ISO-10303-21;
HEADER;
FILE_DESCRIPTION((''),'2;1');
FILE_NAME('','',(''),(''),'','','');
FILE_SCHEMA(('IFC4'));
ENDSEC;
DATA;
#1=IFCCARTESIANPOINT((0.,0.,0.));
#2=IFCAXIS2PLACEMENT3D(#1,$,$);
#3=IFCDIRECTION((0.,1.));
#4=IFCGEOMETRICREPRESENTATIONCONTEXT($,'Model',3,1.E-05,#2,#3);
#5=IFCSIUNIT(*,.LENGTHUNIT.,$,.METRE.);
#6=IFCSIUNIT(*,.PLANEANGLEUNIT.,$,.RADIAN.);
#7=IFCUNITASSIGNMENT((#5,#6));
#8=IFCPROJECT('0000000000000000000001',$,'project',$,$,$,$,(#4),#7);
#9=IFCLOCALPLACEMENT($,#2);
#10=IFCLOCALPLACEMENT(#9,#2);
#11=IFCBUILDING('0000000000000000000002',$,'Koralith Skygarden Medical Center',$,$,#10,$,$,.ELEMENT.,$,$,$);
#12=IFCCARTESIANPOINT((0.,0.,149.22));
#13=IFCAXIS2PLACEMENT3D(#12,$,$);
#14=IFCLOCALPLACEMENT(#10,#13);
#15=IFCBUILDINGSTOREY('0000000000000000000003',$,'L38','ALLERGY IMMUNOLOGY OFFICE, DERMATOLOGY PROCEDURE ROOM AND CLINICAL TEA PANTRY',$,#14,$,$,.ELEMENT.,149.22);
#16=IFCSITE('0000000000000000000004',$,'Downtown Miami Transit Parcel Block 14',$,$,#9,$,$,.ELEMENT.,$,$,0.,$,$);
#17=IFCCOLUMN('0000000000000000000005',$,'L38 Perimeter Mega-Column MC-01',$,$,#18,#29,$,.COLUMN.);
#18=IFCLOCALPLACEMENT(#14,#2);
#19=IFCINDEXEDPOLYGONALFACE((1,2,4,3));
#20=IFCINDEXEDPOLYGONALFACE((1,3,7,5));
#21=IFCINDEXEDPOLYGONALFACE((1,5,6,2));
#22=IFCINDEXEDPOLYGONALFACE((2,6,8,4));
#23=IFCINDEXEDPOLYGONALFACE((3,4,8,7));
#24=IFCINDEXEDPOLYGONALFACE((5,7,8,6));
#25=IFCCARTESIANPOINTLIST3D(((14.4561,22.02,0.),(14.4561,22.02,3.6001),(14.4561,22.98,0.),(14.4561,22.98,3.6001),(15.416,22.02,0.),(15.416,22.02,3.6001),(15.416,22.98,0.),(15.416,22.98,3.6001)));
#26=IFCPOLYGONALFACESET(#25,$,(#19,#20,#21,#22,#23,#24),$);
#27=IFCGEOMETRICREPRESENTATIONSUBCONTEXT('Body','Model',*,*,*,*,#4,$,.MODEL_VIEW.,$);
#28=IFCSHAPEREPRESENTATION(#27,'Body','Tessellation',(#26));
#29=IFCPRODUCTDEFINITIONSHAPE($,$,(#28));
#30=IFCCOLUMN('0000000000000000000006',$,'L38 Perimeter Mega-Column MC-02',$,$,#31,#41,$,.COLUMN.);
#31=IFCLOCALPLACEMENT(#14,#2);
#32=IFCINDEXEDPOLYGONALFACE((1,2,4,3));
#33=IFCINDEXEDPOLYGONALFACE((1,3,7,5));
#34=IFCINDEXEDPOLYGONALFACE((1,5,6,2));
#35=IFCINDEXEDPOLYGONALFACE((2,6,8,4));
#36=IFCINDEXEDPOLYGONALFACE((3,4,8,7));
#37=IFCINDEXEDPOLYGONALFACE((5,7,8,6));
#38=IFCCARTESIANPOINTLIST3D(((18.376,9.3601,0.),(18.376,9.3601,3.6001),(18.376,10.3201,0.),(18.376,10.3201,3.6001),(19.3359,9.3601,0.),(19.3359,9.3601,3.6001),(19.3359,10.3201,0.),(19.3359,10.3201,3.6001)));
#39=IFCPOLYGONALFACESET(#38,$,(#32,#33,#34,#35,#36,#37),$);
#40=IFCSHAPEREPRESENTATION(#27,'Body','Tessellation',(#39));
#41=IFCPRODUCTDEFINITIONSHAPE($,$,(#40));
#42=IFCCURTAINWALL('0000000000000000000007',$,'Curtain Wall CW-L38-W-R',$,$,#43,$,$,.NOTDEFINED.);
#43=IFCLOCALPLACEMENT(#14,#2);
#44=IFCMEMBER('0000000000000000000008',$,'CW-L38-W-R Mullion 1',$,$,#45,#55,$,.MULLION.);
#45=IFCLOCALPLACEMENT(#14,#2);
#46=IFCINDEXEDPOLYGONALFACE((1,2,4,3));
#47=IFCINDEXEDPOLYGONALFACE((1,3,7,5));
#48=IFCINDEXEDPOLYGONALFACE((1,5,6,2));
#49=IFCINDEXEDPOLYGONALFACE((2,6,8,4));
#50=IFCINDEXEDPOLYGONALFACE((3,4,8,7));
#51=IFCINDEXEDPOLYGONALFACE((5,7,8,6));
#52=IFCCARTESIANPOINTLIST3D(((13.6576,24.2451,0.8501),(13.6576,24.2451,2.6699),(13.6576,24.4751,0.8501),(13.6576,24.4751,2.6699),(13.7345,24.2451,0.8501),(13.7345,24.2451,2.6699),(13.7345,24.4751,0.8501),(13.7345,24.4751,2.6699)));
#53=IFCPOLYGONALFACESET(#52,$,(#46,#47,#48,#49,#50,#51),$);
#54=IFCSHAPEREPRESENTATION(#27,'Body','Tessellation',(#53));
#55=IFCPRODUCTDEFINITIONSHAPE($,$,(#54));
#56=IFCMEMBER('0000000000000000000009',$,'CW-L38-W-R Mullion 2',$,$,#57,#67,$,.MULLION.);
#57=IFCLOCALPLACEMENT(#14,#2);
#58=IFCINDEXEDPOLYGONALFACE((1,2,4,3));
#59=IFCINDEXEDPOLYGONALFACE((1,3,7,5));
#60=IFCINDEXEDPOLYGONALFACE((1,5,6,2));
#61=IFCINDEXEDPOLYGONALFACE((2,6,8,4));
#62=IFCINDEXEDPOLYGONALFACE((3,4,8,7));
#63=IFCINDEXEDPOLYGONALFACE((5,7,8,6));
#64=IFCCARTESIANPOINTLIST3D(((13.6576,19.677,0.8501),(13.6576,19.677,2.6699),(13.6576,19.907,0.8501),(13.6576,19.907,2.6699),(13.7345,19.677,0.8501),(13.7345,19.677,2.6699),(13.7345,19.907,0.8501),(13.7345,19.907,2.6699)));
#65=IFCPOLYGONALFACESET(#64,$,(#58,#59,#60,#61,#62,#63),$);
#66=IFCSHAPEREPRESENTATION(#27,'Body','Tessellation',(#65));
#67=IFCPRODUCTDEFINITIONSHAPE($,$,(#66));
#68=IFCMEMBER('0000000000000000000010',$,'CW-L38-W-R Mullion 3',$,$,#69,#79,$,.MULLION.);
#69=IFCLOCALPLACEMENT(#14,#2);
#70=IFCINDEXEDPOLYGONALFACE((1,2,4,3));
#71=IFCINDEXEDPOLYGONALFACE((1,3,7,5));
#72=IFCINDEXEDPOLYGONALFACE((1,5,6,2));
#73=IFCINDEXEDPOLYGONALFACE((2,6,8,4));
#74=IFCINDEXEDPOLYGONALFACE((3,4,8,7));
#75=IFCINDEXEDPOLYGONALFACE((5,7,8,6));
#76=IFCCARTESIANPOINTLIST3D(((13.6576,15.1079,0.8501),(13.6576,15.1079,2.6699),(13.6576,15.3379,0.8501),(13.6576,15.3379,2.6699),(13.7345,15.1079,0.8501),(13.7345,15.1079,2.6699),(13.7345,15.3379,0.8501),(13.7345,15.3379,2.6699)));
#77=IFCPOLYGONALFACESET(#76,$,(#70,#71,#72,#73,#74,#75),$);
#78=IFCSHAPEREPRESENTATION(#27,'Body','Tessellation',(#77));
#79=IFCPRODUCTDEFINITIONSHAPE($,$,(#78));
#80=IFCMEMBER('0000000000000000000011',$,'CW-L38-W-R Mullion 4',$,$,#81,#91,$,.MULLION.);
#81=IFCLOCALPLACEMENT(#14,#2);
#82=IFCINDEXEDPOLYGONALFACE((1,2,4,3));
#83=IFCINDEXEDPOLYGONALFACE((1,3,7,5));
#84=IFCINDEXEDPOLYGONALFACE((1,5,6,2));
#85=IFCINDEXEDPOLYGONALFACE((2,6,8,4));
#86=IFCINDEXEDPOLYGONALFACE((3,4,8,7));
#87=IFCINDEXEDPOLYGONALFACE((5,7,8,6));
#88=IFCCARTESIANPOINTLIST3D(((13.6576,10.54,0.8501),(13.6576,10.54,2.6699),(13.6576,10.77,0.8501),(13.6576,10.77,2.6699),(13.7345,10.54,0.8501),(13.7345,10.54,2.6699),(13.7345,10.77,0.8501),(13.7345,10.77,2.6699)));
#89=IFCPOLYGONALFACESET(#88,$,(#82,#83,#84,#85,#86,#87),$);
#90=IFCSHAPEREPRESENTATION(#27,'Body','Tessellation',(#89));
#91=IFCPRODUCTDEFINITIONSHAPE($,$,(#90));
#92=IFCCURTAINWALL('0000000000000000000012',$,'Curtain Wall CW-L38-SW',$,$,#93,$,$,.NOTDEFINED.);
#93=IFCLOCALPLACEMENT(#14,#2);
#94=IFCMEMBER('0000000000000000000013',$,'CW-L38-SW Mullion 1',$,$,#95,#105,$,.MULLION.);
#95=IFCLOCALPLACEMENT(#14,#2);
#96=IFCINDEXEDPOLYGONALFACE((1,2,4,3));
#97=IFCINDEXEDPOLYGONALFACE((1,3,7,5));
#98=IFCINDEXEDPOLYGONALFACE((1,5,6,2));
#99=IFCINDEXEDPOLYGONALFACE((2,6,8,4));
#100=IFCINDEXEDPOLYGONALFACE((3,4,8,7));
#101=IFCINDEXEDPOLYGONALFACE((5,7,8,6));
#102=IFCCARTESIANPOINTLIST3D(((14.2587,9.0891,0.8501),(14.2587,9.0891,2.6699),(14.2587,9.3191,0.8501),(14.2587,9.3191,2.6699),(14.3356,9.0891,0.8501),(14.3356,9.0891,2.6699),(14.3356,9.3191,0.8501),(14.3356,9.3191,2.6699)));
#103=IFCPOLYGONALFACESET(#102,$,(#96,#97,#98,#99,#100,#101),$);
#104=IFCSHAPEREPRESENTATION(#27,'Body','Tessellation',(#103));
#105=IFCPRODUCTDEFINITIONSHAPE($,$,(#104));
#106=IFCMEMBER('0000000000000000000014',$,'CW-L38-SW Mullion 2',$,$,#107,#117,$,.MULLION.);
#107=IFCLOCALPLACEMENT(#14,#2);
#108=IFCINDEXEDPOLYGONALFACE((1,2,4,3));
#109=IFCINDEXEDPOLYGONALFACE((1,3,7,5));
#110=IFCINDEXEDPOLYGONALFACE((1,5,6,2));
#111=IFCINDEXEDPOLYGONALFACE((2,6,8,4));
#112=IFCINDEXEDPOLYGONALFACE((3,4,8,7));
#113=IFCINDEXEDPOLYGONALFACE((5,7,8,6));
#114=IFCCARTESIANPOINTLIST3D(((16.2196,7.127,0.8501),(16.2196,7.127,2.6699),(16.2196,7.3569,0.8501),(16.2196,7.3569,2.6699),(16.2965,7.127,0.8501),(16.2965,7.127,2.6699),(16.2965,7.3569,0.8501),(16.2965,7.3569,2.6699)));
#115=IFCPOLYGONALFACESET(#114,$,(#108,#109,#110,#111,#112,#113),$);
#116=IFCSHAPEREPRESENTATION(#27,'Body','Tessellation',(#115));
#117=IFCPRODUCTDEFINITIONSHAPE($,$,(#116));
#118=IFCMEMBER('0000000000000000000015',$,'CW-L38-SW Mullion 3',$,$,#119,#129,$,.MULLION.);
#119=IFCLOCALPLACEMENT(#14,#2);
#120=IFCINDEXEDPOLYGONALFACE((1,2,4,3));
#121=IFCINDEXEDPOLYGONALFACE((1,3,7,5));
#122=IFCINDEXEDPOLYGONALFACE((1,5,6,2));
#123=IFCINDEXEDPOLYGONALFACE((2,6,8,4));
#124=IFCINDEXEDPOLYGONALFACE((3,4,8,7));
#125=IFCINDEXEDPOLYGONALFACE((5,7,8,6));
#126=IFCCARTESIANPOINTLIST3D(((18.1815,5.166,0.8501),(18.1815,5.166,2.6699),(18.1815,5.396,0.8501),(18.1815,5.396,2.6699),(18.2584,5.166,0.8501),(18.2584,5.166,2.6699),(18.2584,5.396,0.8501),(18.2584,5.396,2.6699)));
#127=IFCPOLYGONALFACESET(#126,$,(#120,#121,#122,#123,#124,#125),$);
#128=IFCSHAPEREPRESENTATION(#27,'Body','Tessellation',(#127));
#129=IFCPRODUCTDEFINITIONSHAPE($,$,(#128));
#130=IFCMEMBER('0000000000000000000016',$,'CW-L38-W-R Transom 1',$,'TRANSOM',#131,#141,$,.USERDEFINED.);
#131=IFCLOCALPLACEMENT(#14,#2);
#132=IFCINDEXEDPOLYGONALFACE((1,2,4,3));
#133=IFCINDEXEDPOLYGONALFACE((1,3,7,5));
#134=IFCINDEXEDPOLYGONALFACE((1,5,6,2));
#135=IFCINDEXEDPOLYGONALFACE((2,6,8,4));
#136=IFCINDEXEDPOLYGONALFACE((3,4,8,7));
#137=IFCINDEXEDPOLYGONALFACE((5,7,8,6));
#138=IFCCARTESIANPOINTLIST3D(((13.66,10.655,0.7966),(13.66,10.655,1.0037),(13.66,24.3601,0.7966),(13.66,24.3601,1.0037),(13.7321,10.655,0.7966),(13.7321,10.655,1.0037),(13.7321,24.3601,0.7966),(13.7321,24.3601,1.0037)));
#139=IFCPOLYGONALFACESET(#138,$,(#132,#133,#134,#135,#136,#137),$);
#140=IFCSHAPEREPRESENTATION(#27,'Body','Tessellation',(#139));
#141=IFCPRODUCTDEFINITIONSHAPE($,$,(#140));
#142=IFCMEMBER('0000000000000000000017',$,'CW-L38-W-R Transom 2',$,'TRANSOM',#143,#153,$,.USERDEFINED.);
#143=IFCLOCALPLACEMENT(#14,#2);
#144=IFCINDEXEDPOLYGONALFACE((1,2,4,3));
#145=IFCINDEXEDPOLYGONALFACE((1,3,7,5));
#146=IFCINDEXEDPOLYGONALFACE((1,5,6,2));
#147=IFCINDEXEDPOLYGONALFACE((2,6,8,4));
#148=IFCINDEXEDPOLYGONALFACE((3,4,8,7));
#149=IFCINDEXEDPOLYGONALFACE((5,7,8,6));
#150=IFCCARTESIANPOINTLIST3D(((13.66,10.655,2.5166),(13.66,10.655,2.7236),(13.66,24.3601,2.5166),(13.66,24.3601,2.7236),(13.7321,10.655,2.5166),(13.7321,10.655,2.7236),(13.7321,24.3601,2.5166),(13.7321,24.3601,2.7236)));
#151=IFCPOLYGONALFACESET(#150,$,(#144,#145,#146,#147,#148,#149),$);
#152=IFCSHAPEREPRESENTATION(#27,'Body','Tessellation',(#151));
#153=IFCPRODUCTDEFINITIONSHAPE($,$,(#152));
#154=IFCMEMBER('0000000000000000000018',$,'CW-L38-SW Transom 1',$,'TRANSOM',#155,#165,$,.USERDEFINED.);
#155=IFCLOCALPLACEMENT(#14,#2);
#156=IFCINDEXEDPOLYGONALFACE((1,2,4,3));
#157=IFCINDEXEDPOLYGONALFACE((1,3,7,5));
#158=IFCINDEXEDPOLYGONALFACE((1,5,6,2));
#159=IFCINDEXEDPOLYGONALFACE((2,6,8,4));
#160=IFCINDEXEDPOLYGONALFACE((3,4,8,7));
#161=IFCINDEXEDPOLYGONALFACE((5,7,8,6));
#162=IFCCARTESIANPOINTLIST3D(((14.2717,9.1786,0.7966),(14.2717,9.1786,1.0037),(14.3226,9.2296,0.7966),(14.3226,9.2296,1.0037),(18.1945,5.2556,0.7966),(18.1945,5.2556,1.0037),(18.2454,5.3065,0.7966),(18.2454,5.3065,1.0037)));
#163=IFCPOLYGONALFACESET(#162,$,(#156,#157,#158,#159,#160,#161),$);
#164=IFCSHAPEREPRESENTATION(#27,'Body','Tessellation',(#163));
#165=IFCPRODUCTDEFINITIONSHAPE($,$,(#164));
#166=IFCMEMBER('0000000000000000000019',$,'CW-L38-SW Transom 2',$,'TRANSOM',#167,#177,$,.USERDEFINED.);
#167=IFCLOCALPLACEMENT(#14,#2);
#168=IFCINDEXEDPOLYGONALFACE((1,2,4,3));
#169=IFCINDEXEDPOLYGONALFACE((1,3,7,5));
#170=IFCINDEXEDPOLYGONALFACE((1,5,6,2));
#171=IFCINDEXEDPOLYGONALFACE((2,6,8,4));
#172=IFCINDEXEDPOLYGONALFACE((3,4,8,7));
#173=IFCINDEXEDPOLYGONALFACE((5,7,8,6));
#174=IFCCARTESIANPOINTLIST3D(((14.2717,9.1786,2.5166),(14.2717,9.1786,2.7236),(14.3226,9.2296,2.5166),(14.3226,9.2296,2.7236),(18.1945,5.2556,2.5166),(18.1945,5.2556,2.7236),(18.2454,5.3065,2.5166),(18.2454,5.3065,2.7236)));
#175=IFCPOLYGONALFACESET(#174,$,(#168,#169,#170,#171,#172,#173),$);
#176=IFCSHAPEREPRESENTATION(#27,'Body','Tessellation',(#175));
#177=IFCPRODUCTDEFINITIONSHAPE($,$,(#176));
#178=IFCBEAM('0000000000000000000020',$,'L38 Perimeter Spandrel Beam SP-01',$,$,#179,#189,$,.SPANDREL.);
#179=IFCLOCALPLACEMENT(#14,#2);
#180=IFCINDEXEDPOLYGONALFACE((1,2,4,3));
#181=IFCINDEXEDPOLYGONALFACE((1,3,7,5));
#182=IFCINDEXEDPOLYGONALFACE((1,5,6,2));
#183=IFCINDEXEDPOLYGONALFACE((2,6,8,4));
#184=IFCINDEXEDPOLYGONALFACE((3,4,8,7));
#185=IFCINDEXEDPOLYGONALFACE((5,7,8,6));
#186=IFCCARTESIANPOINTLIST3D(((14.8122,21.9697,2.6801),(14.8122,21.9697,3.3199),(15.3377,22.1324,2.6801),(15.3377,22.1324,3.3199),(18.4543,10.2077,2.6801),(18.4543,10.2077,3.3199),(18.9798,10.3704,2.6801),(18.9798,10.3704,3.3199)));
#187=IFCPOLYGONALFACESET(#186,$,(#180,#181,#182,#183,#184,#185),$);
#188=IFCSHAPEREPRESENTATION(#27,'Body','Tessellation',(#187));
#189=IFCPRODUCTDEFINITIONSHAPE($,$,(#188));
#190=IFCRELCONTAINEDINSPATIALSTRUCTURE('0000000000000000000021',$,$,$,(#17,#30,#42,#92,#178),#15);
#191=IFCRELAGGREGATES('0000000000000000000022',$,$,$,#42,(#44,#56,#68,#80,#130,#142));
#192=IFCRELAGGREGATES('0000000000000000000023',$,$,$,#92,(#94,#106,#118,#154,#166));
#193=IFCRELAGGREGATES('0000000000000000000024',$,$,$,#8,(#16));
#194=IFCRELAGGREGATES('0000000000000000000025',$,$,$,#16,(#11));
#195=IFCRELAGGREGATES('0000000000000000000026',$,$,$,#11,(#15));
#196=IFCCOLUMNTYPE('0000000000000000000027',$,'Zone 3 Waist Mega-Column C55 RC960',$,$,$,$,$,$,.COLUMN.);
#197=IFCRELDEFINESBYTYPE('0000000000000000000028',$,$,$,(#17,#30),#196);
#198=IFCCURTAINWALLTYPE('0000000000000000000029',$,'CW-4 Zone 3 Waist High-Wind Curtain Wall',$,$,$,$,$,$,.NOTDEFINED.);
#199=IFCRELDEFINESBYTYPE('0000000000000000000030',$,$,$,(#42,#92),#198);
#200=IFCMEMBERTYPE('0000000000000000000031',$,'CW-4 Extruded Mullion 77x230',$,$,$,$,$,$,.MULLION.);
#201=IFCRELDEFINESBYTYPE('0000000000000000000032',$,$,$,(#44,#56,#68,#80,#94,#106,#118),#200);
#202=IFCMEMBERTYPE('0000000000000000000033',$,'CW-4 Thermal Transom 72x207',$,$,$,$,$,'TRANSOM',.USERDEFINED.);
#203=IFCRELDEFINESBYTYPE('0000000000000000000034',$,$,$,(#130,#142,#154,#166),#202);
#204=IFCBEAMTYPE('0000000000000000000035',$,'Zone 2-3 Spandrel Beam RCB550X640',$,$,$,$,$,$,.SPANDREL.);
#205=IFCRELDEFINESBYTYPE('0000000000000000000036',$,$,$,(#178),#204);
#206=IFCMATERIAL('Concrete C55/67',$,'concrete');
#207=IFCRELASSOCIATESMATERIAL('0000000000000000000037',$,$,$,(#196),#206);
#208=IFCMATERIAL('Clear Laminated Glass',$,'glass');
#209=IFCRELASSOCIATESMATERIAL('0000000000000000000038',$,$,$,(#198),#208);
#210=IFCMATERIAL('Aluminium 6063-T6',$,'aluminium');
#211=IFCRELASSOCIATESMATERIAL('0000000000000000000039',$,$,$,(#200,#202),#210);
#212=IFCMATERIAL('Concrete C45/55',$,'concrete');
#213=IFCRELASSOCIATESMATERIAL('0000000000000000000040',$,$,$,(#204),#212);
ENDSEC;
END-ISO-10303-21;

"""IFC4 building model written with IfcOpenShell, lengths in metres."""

from ifc_helpers import new_model, si_unit, direction, frame, origin, origin_2d, place, context, subcontext, project, spatial, rectangle, extrude, material, material_profile, profile_set, type_object, element, aggregate, save


model = new_model("IFC4")

# Units and contexts
model_context = context("Model", 3, precision=1e-05, world=origin(), true_north=direction((0.0, 1.0)))
body_context = subcontext(model_context, "Body", "Model", "MODEL_VIEW")
ifc_project = project(units=[si_unit("LENGTHUNIT", "METRE"), si_unit("PLANEANGLEUNIT", "RADIAN")], contexts=[model_context])

# Site, building, storey
site_placement = place(None, origin())
site = spatial("IfcSite", under=ifc_project, at=site_placement, Name="Downtown Miami Transit Parcel Block 14", CompositionType="ELEMENT", RefElevation=0.0)
building_placement = place(site_placement, origin())
building = spatial("IfcBuilding", under=site, at=building_placement, Name="Koralith Skygarden Medical Center", CompositionType="ELEMENT")
storey_placement = place(building_placement, frame((0.0, 0.0, 149.22)))
storey = spatial("IfcBuildingStorey", under=building, at=storey_placement, Name="L38", Description="ALLERGY IMMUNOLOGY OFFICE, DERMATOLOGY PROCEDURE ROOM AND CLINICAL TEA PANTRY", CompositionType="ELEMENT", Elevation=149.22)

# Columns
ifc_material_1 = material(Name="Concrete C55/67", Category="concrete")
ifc_material_profile_1 = material_profile(ifc_material_1, rectangle(XDim=0.96, YDim=0.96, at=origin_2d()), Name="RC960X960")
ifc_profile_set_1 = profile_set([ifc_material_profile_1], Name="Concrete C55/67")
column_type = type_object("IfcColumnType", Name="Zone 3 Waist Mega-Column C55 RC960", PredefinedType="COLUMN", material=ifc_profile_set_1)
for number, where, z_axis, x_axis, name in (
    (1, (14.936, 22.5, 0.0), (0.0, 0.0, 1.0), (1.0, 0.0, 0.0), "L38 Perimeter Mega-Column MC-01"),
    (2, (18.856, 9.8401, 0.0), (0.0, 0.0, 1.0), (1.0, 0.0, 0.0), "L38 Perimeter Mega-Column MC-02"),
):
    element("IfcColumn", number, at=place(storey_placement, frame(where, z_axis=z_axis, x_axis=x_axis)), inside=storey, type_object=column_type, Name=name, PredefinedType="COLUMN", context=body_context, shape_type="SweptSolid", body=[
        extrude(rectangle(XDim=0.96, YDim=0.96, at=origin_2d()), origin(), (0.0, 0.0, 1.0), 3.6001),
    ])

# Curtain walls, members
ifc_material_2 = material(Name="Clear Laminated Glass", Category="glass")
curtain_wall_type = type_object("IfcCurtainWallType", Name="CW-4 Zone 3 Waist High-Wind Curtain Wall", PredefinedType="NOTDEFINED", material=ifc_material_2)
curtain_wall_1_placement = place(storey_placement, origin())
curtain_wall_1 = element("IfcCurtainWall", 3, at=curtain_wall_1_placement, inside=storey, type_object=curtain_wall_type, Name="Curtain Wall CW-L38-W-R", PredefinedType="NOTDEFINED")
ifc_material_3 = material(Name="Aluminium 6063-T6", Category="aluminium")
ifc_material_profile_2 = material_profile(ifc_material_3, rectangle(XDim=0.0769, YDim=0.23, at=origin_2d()), Name="MUL77X230")
ifc_profile_set_2 = profile_set([ifc_material_profile_2], Name="Aluminium 6063-T6")
member_type_1 = type_object("IfcMemberType", Name="CW-4 Extruded Mullion 77x230", PredefinedType="MULLION", material=ifc_profile_set_2)
member_1_placement = place(storey_placement, frame((13.696, 24.3601, 0.8501), z_axis=(0.0, 0.0, 1.0), x_axis=(1.0, 0.0, 0.0)))
member_1 = element("IfcMember", 4, at=member_1_placement, type_object=member_type_1, Name="CW-L38-W-R Mullion 1", PredefinedType="MULLION", context=body_context, shape_type="SweptSolid", body=[
    extrude(rectangle(XDim=0.0769, YDim=0.23, at=origin_2d()), origin(), (0.0, 0.0, 1.0), 1.8198),
])
member_2_placement = place(storey_placement, frame((13.696, 19.792, 0.8501), z_axis=(0.0, 0.0, 1.0), x_axis=(1.0, 0.0, 0.0)))
member_2 = element("IfcMember", 5, at=member_2_placement, type_object=member_type_1, Name="CW-L38-W-R Mullion 2", PredefinedType="MULLION", context=body_context, shape_type="SweptSolid", body=[
    extrude(rectangle(XDim=0.0769, YDim=0.23, at=origin_2d()), origin(), (0.0, 0.0, 1.0), 1.8198),
])
member_3_placement = place(storey_placement, frame((13.696, 15.2229, 0.8501), z_axis=(0.0, 0.0, 1.0), x_axis=(1.0, 0.0, 0.0)))
member_3 = element("IfcMember", 6, at=member_3_placement, type_object=member_type_1, Name="CW-L38-W-R Mullion 3", PredefinedType="MULLION", context=body_context, shape_type="SweptSolid", body=[
    extrude(rectangle(XDim=0.0769, YDim=0.23, at=origin_2d()), origin(), (0.0, 0.0, 1.0), 1.8198),
])
member_4_placement = place(storey_placement, frame((13.696, 10.655, 0.8501), z_axis=(0.0, 0.0, 1.0), x_axis=(1.0, 0.0, 0.0)))
member_4 = element("IfcMember", 7, at=member_4_placement, type_object=member_type_1, Name="CW-L38-W-R Mullion 4", PredefinedType="MULLION", context=body_context, shape_type="SweptSolid", body=[
    extrude(rectangle(XDim=0.0769, YDim=0.23, at=origin_2d()), origin(), (0.0, 0.0, 1.0), 1.8198),
])
curtain_wall_2_placement = place(storey_placement, origin())
curtain_wall_2 = element("IfcCurtainWall", 8, at=curtain_wall_2_placement, inside=storey, type_object=curtain_wall_type, Name="Curtain Wall CW-L38-SW", PredefinedType="NOTDEFINED")
member_5_placement = place(storey_placement, frame((14.2971, 9.2041, 0.8501), z_axis=(0.0, 0.0, 1.0), x_axis=(1.0, 0.0, 0.0)))
member_5 = element("IfcMember", 9, at=member_5_placement, type_object=member_type_1, Name="CW-L38-SW Mullion 1", PredefinedType="MULLION", context=body_context, shape_type="SweptSolid", body=[
    extrude(rectangle(XDim=0.0769, YDim=0.23, at=origin_2d()), origin(), (0.0, 0.0, 1.0), 1.8198),
])
member_6_placement = place(storey_placement, frame((16.2581, 7.2419, 0.8501), z_axis=(0.0, 0.0, 1.0), x_axis=(1.0, 0.0, 0.0)))
member_6 = element("IfcMember", 10, at=member_6_placement, type_object=member_type_1, Name="CW-L38-SW Mullion 2", PredefinedType="MULLION", context=body_context, shape_type="SweptSolid", body=[
    extrude(rectangle(XDim=0.0769, YDim=0.23, at=origin_2d()), origin(), (0.0, 0.0, 1.0), 1.8198),
])
member_7_placement = place(storey_placement, frame((18.22, 5.281, 0.8501), z_axis=(0.0, 0.0, 1.0), x_axis=(1.0, 0.0, 0.0)))
member_7 = element("IfcMember", 11, at=member_7_placement, type_object=member_type_1, Name="CW-L38-SW Mullion 3", PredefinedType="MULLION", context=body_context, shape_type="SweptSolid", body=[
    extrude(rectangle(XDim=0.0769, YDim=0.23, at=origin_2d()), origin(), (0.0, 0.0, 1.0), 1.8198),
])

# Members
ifc_material_profile_3 = material_profile(ifc_material_3, rectangle(XDim=0.072, YDim=0.207, at=origin_2d()), Name="TRN72X207")
ifc_profile_set_3 = profile_set([ifc_material_profile_3], Name="Aluminium 6063-T6")
member_type_2 = type_object("IfcMemberType", Name="CW-4 Thermal Transom 72x207", ElementType="TRANSOM", PredefinedType="USERDEFINED", material=ifc_profile_set_3)
member_8_placement = place(storey_placement, frame((13.696, 24.3601, 0.9001), z_axis=(0.0, -1.0, 0.0), x_axis=(1.0, 0.0, 0.0)))
member_8 = element("IfcMember", 12, at=member_8_placement, type_object=member_type_2, Name="CW-L38-W-R Transom 1", ObjectType="TRANSOM", PredefinedType="USERDEFINED", context=body_context, shape_type="SweptSolid", body=[
    extrude(rectangle(XDim=0.072, YDim=0.207, at=origin_2d()), origin(), (0.0, 0.0, 1.0), 13.7051),
])
member_9_placement = place(storey_placement, frame((13.696, 24.3601, 2.6201), z_axis=(0.0, -1.0, 0.0), x_axis=(1.0, 0.0, 0.0)))
member_9 = element("IfcMember", 13, at=member_9_placement, type_object=member_type_2, Name="CW-L38-W-R Transom 2", ObjectType="TRANSOM", PredefinedType="USERDEFINED", context=body_context, shape_type="SweptSolid", body=[
    extrude(rectangle(XDim=0.072, YDim=0.207, at=origin_2d()), origin(), (0.0, 0.0, 1.0), 13.7051),
])
member_10_placement = place(storey_placement, frame((14.2971, 9.2041, 0.9001), z_axis=(0.707085, -0.707129, 0.0), x_axis=(0.707129, 0.707085, 0.0)))
member_10 = element("IfcMember", 14, at=member_10_placement, type_object=member_type_2, Name="CW-L38-SW Transom 1", ObjectType="TRANSOM", PredefinedType="USERDEFINED", context=body_context, shape_type="SweptSolid", body=[
    extrude(rectangle(XDim=0.072, YDim=0.207, at=origin_2d()), origin(), (0.0, 0.0, 1.0), 5.5479),
])
member_11_placement = place(storey_placement, frame((14.2971, 9.2041, 2.6201), z_axis=(0.707085, -0.707129, 0.0), x_axis=(0.707129, 0.707085, 0.0)))
member_11 = element("IfcMember", 15, at=member_11_placement, type_object=member_type_2, Name="CW-L38-SW Transom 2", ObjectType="TRANSOM", PredefinedType="USERDEFINED", context=body_context, shape_type="SweptSolid", body=[
    extrude(rectangle(XDim=0.072, YDim=0.207, at=origin_2d()), origin(), (0.0, 0.0, 1.0), 5.5479),
])

# Beam
ifc_material_4 = material(Name="Concrete C45/55", Category="concrete")
ifc_material_profile_4 = material_profile(ifc_material_4, rectangle(XDim=0.55, YDim=0.6399, at=origin_2d()), Name="RCB550X640")
ifc_profile_set_4 = profile_set([ifc_material_profile_4], Name="Concrete C45/55")
beam_type = type_object("IfcBeamType", Name="Zone 2-3 Spandrel Beam RCB550X640", PredefinedType="SPANDREL", material=ifc_profile_set_4)
beam_1_placement = place(storey_placement, frame((15.075, 22.051, 3.0), z_axis=(0.295794, -0.955252, 0.0), x_axis=(0.955252, 0.295794, 0.0)))
element("IfcBeam", 16, at=beam_1_placement, inside=storey, type_object=beam_type, Name="L38 Perimeter Spandrel Beam SP-01", PredefinedType="SPANDREL", context=body_context, shape_type="SweptSolid", body=[
    extrude(rectangle(XDim=0.55, YDim=0.6399, at=origin_2d()), origin(), (0.0, 0.0, 1.0), 12.313),
])

aggregate(curtain_wall_1, [member_1, member_2, member_3, member_4, member_8, member_9])
aggregate(curtain_wall_2, [member_5, member_6, member_7, member_10, member_11])

save(model, "model.ifc")
